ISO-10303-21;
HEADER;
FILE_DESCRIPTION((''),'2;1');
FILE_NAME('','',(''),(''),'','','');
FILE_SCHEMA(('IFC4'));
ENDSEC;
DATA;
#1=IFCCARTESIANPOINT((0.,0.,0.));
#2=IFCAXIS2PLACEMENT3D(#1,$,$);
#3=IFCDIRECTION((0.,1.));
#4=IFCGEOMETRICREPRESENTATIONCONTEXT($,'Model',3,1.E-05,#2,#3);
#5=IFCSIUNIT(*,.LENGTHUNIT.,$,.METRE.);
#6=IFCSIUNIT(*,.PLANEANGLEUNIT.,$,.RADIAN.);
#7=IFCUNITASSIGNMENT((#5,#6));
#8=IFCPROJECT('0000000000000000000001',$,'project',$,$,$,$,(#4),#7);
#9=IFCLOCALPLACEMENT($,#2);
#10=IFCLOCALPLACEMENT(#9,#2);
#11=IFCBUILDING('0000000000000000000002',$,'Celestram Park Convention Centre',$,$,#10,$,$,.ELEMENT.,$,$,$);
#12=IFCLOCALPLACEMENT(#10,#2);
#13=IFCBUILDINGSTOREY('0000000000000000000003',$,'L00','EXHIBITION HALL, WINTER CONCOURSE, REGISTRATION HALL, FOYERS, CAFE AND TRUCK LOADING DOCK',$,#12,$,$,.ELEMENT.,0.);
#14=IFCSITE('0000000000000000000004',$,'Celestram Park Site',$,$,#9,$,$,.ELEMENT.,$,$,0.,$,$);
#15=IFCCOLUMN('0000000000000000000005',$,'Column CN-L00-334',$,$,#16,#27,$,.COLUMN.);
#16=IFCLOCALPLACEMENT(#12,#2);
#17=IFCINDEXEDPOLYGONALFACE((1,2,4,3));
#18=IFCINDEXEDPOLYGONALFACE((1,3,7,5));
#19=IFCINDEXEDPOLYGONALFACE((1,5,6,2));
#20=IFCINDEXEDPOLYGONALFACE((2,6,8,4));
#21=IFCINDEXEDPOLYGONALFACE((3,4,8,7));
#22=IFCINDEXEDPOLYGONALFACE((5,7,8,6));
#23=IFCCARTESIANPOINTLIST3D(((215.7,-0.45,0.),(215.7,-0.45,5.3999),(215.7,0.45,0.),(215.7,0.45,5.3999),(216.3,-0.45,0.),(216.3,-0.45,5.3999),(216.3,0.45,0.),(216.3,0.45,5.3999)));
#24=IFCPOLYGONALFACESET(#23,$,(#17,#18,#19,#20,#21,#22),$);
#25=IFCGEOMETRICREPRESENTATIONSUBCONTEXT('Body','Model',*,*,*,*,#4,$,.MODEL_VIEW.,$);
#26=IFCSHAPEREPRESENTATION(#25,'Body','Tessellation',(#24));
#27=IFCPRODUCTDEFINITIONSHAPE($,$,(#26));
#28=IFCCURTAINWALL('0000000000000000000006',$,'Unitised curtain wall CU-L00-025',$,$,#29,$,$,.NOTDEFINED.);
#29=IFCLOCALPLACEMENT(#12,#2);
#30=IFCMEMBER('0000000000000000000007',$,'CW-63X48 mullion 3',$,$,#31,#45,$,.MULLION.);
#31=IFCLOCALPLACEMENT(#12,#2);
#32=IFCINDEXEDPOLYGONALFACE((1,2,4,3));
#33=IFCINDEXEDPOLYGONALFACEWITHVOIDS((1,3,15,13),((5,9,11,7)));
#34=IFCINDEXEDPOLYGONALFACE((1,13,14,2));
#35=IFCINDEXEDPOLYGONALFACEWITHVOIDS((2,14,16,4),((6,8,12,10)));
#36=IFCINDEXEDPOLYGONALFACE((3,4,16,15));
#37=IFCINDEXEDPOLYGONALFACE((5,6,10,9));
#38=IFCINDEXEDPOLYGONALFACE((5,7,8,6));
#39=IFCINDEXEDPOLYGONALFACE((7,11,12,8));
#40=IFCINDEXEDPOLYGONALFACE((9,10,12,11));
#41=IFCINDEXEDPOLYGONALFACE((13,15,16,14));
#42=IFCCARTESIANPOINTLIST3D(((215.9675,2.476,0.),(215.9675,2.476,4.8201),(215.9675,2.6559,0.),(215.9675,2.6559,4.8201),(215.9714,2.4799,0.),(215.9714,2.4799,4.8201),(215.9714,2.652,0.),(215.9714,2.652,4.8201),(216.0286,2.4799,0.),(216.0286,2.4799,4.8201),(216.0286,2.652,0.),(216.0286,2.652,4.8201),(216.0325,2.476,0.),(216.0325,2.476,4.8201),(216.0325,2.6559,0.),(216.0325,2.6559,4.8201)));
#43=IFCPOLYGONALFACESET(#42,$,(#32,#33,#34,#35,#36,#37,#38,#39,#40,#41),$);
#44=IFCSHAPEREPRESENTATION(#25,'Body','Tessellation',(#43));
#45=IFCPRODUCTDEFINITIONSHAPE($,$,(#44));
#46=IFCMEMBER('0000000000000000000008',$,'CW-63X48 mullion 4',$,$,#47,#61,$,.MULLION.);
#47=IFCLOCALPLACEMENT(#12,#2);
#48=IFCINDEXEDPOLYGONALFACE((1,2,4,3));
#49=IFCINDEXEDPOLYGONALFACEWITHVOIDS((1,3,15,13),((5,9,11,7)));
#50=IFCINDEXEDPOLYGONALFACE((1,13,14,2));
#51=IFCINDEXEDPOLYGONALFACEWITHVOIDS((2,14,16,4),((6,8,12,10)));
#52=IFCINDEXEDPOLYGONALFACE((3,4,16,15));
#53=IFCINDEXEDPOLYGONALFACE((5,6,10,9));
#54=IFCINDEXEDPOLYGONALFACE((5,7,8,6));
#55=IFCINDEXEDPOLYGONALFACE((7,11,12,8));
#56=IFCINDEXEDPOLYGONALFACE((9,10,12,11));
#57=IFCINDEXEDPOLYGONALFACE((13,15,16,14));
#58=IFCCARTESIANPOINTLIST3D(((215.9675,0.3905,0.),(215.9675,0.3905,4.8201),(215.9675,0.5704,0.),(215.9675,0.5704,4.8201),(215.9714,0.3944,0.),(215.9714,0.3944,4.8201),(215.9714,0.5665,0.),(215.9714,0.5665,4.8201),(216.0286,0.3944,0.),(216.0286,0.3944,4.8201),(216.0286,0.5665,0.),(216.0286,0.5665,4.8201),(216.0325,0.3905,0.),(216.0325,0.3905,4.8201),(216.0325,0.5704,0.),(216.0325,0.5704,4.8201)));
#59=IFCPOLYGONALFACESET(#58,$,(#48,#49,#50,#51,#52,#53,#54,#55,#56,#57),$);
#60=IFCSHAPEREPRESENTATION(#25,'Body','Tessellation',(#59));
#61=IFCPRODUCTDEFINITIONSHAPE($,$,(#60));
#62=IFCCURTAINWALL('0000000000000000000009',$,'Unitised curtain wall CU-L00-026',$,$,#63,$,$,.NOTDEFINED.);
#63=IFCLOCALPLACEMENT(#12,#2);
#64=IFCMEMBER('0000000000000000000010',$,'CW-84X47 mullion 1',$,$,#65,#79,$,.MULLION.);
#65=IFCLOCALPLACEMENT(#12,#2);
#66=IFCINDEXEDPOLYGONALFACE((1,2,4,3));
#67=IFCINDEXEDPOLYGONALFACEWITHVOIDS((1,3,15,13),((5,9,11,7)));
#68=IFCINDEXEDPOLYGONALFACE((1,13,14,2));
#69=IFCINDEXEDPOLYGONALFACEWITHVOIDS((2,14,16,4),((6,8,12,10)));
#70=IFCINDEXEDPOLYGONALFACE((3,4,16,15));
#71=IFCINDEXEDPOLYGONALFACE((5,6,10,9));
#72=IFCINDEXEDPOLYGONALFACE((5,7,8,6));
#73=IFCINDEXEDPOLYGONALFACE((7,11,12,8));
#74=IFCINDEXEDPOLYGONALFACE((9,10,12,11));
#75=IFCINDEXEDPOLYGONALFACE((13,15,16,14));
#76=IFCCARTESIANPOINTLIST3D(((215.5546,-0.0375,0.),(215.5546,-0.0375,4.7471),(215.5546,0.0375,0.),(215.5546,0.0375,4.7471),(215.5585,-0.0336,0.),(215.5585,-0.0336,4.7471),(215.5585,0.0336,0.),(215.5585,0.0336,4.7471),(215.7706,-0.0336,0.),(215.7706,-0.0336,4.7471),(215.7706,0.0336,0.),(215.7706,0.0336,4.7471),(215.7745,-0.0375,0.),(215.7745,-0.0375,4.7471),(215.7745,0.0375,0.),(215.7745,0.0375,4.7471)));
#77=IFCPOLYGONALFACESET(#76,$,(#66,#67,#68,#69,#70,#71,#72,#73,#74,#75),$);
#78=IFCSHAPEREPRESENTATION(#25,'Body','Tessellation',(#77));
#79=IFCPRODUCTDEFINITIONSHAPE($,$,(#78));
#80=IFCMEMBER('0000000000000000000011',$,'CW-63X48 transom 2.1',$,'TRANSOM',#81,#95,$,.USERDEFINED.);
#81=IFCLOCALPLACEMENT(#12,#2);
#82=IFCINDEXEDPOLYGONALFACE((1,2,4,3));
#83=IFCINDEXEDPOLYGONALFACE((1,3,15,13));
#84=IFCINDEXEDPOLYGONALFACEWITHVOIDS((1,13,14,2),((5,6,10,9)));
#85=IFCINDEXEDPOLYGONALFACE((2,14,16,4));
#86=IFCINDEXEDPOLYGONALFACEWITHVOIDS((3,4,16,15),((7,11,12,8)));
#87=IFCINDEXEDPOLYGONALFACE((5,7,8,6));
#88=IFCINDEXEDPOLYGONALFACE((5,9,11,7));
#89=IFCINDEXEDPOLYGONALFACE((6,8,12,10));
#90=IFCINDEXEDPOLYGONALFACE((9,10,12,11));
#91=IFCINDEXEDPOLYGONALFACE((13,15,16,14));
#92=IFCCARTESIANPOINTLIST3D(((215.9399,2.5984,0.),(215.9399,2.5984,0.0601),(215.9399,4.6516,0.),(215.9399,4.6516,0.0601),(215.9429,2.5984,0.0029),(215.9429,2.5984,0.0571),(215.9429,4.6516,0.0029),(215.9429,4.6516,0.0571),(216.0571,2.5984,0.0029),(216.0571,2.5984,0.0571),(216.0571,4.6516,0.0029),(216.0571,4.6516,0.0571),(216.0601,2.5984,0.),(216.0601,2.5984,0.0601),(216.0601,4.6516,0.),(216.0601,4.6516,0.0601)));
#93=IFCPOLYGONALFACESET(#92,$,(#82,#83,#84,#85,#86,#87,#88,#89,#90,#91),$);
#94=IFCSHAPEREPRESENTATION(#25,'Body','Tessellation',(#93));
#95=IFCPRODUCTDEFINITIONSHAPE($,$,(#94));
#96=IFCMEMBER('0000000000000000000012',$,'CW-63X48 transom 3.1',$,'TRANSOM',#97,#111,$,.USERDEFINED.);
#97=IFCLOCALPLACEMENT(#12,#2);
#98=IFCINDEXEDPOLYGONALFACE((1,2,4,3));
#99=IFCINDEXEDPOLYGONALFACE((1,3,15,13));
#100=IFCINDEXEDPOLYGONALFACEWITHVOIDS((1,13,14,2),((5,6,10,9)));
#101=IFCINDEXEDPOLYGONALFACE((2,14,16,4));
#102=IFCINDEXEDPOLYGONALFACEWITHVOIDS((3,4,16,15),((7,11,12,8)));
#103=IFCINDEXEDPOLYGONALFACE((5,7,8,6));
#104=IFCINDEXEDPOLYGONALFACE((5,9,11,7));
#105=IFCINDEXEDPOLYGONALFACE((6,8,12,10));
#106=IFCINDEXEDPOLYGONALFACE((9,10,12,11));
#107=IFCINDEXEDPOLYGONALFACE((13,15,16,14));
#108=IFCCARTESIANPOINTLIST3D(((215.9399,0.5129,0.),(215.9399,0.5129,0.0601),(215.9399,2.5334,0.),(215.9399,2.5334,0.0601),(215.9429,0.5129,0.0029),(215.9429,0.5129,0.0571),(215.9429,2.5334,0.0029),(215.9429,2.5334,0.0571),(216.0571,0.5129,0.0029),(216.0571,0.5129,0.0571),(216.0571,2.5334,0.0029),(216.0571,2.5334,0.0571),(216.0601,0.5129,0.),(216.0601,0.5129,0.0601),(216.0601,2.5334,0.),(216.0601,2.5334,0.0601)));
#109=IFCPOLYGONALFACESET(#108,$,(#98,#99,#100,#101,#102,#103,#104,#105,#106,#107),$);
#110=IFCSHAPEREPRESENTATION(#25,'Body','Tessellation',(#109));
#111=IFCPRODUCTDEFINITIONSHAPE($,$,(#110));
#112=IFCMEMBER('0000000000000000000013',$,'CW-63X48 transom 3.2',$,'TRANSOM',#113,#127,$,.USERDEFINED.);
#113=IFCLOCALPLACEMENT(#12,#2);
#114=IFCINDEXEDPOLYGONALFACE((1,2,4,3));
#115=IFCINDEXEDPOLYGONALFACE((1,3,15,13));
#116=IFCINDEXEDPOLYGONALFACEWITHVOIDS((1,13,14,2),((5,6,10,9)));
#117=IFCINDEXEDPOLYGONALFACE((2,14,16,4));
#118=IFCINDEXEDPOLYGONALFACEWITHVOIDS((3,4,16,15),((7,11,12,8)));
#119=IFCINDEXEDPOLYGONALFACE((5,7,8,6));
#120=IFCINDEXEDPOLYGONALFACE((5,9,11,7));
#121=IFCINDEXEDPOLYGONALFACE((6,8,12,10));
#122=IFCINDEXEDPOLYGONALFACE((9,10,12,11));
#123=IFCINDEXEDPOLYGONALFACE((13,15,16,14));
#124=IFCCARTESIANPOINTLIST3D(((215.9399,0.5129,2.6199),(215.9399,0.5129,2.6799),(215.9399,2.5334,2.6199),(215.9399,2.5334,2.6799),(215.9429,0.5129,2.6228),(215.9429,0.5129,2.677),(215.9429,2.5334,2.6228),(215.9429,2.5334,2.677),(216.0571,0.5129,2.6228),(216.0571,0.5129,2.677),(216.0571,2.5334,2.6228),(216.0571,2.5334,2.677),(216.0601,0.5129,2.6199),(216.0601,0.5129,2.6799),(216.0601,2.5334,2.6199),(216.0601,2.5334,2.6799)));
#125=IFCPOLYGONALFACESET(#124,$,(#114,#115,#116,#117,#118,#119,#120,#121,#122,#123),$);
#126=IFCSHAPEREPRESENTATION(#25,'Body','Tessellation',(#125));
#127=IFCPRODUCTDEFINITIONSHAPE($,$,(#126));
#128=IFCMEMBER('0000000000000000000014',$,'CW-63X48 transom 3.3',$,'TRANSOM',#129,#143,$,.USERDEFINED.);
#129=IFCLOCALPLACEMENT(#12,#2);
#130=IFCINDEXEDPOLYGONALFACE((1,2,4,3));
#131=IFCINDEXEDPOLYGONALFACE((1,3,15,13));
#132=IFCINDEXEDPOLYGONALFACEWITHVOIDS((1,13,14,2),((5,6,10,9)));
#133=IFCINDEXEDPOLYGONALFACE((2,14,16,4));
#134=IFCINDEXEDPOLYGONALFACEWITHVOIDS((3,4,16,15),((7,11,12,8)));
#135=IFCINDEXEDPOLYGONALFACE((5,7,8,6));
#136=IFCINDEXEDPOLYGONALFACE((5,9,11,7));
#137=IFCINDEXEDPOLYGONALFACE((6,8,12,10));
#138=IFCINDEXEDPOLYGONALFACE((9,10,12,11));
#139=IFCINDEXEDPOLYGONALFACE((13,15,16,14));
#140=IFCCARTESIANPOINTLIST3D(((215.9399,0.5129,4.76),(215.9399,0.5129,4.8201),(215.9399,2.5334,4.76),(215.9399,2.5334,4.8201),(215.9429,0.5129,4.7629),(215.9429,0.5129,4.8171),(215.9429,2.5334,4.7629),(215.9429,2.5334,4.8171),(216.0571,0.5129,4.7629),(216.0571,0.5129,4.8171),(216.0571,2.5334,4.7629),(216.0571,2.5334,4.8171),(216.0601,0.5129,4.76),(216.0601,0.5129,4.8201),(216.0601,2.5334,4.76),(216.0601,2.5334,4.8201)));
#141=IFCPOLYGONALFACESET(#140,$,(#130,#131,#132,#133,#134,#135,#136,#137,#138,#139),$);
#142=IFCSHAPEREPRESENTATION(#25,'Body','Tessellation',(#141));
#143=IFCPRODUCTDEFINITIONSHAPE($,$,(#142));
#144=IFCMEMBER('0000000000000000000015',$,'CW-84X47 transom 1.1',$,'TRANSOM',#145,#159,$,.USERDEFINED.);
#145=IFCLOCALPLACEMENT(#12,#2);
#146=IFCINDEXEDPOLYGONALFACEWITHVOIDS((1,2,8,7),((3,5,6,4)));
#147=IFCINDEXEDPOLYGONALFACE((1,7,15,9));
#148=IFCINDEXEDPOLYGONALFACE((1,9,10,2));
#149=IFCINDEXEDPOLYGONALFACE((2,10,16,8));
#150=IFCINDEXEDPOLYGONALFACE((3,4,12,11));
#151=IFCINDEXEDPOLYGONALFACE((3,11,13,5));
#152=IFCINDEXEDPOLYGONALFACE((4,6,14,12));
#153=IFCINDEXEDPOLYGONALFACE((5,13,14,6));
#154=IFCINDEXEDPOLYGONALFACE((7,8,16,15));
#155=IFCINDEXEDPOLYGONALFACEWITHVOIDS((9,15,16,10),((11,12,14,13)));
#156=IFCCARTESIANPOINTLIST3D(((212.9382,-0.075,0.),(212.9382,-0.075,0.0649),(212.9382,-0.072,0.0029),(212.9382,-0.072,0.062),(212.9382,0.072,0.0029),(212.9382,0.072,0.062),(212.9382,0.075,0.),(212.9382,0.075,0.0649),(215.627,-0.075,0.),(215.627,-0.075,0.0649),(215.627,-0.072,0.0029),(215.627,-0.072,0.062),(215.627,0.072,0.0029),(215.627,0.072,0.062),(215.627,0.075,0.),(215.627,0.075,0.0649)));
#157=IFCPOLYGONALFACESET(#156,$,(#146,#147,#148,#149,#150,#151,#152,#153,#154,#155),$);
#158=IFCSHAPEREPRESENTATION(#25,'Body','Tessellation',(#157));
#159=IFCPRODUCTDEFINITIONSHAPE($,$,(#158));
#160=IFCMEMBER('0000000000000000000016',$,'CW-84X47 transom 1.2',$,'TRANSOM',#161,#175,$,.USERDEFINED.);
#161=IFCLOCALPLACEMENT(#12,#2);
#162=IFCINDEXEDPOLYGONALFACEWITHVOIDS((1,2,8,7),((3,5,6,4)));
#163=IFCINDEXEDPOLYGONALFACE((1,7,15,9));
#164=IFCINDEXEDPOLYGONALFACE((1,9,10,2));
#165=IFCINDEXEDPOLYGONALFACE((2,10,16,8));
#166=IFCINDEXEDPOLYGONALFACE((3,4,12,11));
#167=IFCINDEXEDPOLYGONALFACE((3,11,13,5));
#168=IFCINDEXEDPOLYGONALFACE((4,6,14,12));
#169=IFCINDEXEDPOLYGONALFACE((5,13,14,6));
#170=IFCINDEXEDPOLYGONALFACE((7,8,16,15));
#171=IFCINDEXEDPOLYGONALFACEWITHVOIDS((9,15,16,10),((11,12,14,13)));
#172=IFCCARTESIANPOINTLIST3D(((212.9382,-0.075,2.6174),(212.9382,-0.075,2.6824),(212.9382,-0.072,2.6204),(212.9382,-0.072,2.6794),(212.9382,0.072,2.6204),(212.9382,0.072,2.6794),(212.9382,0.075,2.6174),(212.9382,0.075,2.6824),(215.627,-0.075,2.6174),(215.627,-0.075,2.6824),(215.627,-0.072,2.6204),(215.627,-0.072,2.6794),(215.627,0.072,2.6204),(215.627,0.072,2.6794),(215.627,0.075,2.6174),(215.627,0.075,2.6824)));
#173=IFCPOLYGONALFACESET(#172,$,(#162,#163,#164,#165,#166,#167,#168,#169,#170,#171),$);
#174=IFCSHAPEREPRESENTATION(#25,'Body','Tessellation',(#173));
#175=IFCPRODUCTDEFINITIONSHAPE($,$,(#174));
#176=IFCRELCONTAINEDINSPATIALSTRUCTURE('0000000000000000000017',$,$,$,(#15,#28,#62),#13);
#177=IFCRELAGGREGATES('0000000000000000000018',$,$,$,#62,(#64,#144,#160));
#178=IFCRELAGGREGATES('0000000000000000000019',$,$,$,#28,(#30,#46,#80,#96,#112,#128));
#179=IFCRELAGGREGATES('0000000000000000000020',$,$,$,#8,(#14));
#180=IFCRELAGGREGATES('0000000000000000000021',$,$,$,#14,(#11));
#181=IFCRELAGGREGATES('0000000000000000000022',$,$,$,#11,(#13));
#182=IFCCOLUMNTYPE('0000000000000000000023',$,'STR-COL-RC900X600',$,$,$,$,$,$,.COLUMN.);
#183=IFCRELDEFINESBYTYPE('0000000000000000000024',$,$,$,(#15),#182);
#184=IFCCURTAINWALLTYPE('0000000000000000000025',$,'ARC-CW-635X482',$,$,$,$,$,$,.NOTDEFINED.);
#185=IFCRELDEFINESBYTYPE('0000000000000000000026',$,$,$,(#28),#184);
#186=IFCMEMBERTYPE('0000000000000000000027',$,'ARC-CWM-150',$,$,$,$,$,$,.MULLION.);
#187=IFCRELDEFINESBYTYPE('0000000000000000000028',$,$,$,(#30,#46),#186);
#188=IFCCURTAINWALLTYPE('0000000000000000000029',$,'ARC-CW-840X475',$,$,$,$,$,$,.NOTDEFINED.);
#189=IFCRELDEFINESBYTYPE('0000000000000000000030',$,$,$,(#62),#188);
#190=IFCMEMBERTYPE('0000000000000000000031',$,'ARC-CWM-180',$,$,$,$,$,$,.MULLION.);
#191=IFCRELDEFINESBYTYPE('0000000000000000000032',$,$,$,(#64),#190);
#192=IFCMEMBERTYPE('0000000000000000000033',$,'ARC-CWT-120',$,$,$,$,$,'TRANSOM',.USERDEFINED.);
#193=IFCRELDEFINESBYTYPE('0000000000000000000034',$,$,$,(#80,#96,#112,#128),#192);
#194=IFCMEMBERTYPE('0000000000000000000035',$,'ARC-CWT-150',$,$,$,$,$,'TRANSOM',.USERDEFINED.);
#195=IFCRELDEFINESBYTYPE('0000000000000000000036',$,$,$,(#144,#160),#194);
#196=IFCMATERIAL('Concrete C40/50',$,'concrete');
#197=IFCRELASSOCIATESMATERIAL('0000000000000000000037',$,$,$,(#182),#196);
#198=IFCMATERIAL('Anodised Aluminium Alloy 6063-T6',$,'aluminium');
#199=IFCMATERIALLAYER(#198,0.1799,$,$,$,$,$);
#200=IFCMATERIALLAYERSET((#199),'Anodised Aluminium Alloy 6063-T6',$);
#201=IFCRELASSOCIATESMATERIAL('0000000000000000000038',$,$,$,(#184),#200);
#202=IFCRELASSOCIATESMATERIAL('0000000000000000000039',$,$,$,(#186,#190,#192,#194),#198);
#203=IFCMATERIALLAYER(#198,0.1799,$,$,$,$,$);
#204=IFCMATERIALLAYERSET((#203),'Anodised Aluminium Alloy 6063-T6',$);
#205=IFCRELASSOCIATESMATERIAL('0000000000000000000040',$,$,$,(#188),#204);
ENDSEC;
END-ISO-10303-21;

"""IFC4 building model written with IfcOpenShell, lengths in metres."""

from ifc_helpers import new_model, si_unit, direction, frame, origin, origin_2d, place, context, subcontext, project, spatial, rectangle, hollow_rectangle, extrude, material, layer, layer_set, material_profile, profile_set, type_object, element, aggregate, save


model = new_model("IFC4")

# Units and contexts
model_context = context("Model", 3, precision=1e-05, world=origin(), true_north=direction((0.0, 1.0)))
body_context = subcontext(model_context, "Body", "Model", "MODEL_VIEW")
ifc_project = project(units=[si_unit("LENGTHUNIT", "METRE"), si_unit("PLANEANGLEUNIT", "RADIAN")], contexts=[model_context])

# Site, building, storey
site_placement = place(None, origin())
site = spatial("IfcSite", under=ifc_project, at=site_placement, Name="Celestram Park Site", CompositionType="ELEMENT", RefElevation=0.0)
building_placement = place(site_placement, origin())
building = spatial("IfcBuilding", under=site, at=building_placement, Name="Celestram Park Convention Centre", CompositionType="ELEMENT")
storey_placement = place(building_placement, origin())
storey = spatial("IfcBuildingStorey", under=building, at=storey_placement, Name="L00", Description="EXHIBITION HALL, WINTER CONCOURSE, REGISTRATION HALL, FOYERS, CAFE AND TRUCK LOADING DOCK", CompositionType="ELEMENT", Elevation=0.0)

# Column
ifc_material_1 = material(Name="Concrete C40/50", Category="concrete")
ifc_material_profile_1 = material_profile(ifc_material_1, rectangle(XDim=0.6001, YDim=0.8999, at=origin_2d()), Name="RC900X600")
ifc_profile_set_1 = profile_set([ifc_material_profile_1], Name="Concrete C40/50")
column_type = type_object("IfcColumnType", Name="STR-COL-RC900X600", PredefinedType="COLUMN", material=ifc_profile_set_1)
column_placement = place(storey_placement, frame((216.0, 0.0, 0.0), z_axis=(0.0, 0.0, 1.0), x_axis=(1.0, 0.0, 0.0)))
element("IfcColumn", 1, at=column_placement, inside=storey, type_object=column_type, Name="Column CN-L00-334", PredefinedType="COLUMN", context=body_context, shape_type="SweptSolid", body=[
    extrude(rectangle(XDim=0.6001, YDim=0.8999, at=origin_2d()), origin(), (0.0, 0.0, 1.0), 5.3999),
])

# Curtain wall, members
ifc_material_2 = material(Name="Anodised Aluminium Alloy 6063-T6", Category="aluminium")
ifc_layer_1 = layer(ifc_material_2, 0.1799)
ifc_layer_set_1 = layer_set([ifc_layer_1], Name="Anodised Aluminium Alloy 6063-T6")
curtain_wall_type_1 = type_object("IfcCurtainWallType", Name="ARC-CW-635X482", PredefinedType="NOTDEFINED", material=ifc_layer_set_1)
curtain_wall_1_placement = place(storey_placement, origin())
curtain_wall_1 = element("IfcCurtainWall", 2, at=curtain_wall_1_placement, inside=storey, type_object=curtain_wall_type_1, Name="Unitised curtain wall CU-L00-025", PredefinedType="NOTDEFINED")
ifc_material_profile_2 = material_profile(ifc_material_2, hollow_rectangle(XDim=0.0649, YDim=0.1799, WallThickness=0.0039, at=origin_2d()), Name="ALU65X180X4")
ifc_profile_set_2 = profile_set([ifc_material_profile_2], Name="Anodised Aluminium Alloy 6063-T6")
member_type_1 = type_object("IfcMemberType", Name="ARC-CWM-150", PredefinedType="MULLION", material=ifc_profile_set_2)
member_1_placement = place(storey_placement, frame((216.0, 2.5659, 0.0), z_axis=(0.0, 0.0, 1.0), x_axis=(1.0, 0.0, 0.0)))
member_1 = element("IfcMember", 3, at=member_1_placement, type_object=member_type_1, Name="CW-63X48 mullion 3", PredefinedType="MULLION", context=body_context, shape_type="SweptSolid", body=[
    extrude(hollow_rectangle(XDim=0.0649, YDim=0.1799, WallThickness=0.0039, at=origin_2d()), origin(), (0.0, 0.0, 1.0), 4.8201),
])
member_2_placement = place(storey_placement, frame((216.0, 0.4805, 0.0), z_axis=(0.0, 0.0, 1.0), x_axis=(1.0, 0.0, 0.0)))
member_2 = element("IfcMember", 4, at=member_2_placement, type_object=member_type_1, Name="CW-63X48 mullion 4", PredefinedType="MULLION", context=body_context, shape_type="SweptSolid", body=[
    extrude(hollow_rectangle(XDim=0.0649, YDim=0.1799, WallThickness=0.0039, at=origin_2d()), origin(), (0.0, 0.0, 1.0), 4.8201),
])

# Curtain wall, member
ifc_layer_2 = layer(ifc_material_2, 0.1799)
ifc_layer_set_2 = layer_set([ifc_layer_2], Name="Anodised Aluminium Alloy 6063-T6")
curtain_wall_type_2 = type_object("IfcCurtainWallType", Name="ARC-CW-840X475", PredefinedType="NOTDEFINED", material=ifc_layer_set_2)
curtain_wall_2_placement = place(storey_placement, origin())
curtain_wall_2 = element("IfcCurtainWall", 5, at=curtain_wall_2_placement, inside=storey, type_object=curtain_wall_type_2, Name="Unitised curtain wall CU-L00-026", PredefinedType="NOTDEFINED")
ifc_material_profile_3 = material_profile(ifc_material_2, hollow_rectangle(XDim=0.075, YDim=0.22, WallThickness=0.0039, at=origin_2d()), Name="ALU75X220X4")
ifc_profile_set_3 = profile_set([ifc_material_profile_3], Name="Anodised Aluminium Alloy 6063-T6")
member_type_2 = type_object("IfcMemberType", Name="ARC-CWM-180", PredefinedType="MULLION", material=ifc_profile_set_3)
member_3_placement = place(storey_placement, frame((215.6646, 0.0, 0.0), z_axis=(0.0, 0.0, 1.0), x_axis=(0.0, -1.0, 0.0)))
member_3 = element("IfcMember", 6, at=member_3_placement, type_object=member_type_2, Name="CW-84X47 mullion 1", PredefinedType="MULLION", context=body_context, shape_type="SweptSolid", body=[
    extrude(hollow_rectangle(XDim=0.075, YDim=0.22, WallThickness=0.0039, at=origin_2d()), origin(), (0.0, 0.0, 1.0), 4.7471),
])

# Members
ifc_material_profile_4 = material_profile(ifc_material_2, hollow_rectangle(XDim=0.1201, YDim=0.0601, WallThickness=0.0029, at=origin_2d()), Name="ALU120X60X3")
ifc_profile_set_4 = profile_set([ifc_material_profile_4], Name="Anodised Aluminium Alloy 6063-T6")
member_type_3 = type_object("IfcMemberType", Name="ARC-CWT-120", ElementType="TRANSOM", PredefinedType="USERDEFINED", material=ifc_profile_set_4)
member_4_placement = place(storey_placement, frame((216.0, 4.6516, 0.03), z_axis=(0.0, -1.0, 0.0), x_axis=(1.0, 0.0, 0.0)))
member_4 = element("IfcMember", 7, at=member_4_placement, type_object=member_type_3, Name="CW-63X48 transom 2.1", ObjectType="TRANSOM", PredefinedType="USERDEFINED", context=body_context, shape_type="SweptSolid", body=[
    extrude(hollow_rectangle(XDim=0.1201, YDim=0.0601, WallThickness=0.0029, at=origin_2d()), origin(), (0.0, 0.0, 1.0), 2.0532),
])
member_5_placement = place(storey_placement, frame((216.0, 2.5334, 0.03), z_axis=(0.0, -1.0, 0.0), x_axis=(1.0, 0.0, 0.0)))
member_5 = element("IfcMember", 8, at=member_5_placement, type_object=member_type_3, Name="CW-63X48 transom 3.1", ObjectType="TRANSOM", PredefinedType="USERDEFINED", context=body_context, shape_type="SweptSolid", body=[
    extrude(hollow_rectangle(XDim=0.1201, YDim=0.0601, WallThickness=0.0029, at=origin_2d()), origin(), (0.0, 0.0, 1.0), 2.0205),
])
member_6_placement = place(storey_placement, frame((216.0, 2.5334, 2.6499), z_axis=(0.0, -1.0, 0.0), x_axis=(1.0, 0.0, 0.0)))
member_6 = element("IfcMember", 9, at=member_6_placement, type_object=member_type_3, Name="CW-63X48 transom 3.2", ObjectType="TRANSOM", PredefinedType="USERDEFINED", context=body_context, shape_type="SweptSolid", body=[
    extrude(hollow_rectangle(XDim=0.1201, YDim=0.0601, WallThickness=0.0029, at=origin_2d()), origin(), (0.0, 0.0, 1.0), 2.0205),
])
member_7_placement = place(storey_placement, frame((216.0, 2.5334, 4.79), z_axis=(0.0, -1.0, 0.0), x_axis=(1.0, 0.0, 0.0)))
member_7 = element("IfcMember", 10, at=member_7_placement, type_object=member_type_3, Name="CW-63X48 transom 3.3", ObjectType="TRANSOM", PredefinedType="USERDEFINED", context=body_context, shape_type="SweptSolid", body=[
    extrude(hollow_rectangle(XDim=0.1201, YDim=0.0601, WallThickness=0.0029, at=origin_2d()), origin(), (0.0, 0.0, 1.0), 2.0205),
])
ifc_material_profile_5 = material_profile(ifc_material_2, hollow_rectangle(XDim=0.1499, YDim=0.0649, WallThickness=0.0029, at=origin_2d()), Name="ALU150X65X3")
ifc_profile_set_5 = profile_set([ifc_material_profile_5], Name="Anodised Aluminium Alloy 6063-T6")
member_type_4 = type_object("IfcMemberType", Name="ARC-CWT-150", ElementType="TRANSOM", PredefinedType="USERDEFINED", material=ifc_profile_set_5)
member_8_placement = place(storey_placement, frame((215.627, 0.0, 0.0325), z_axis=(-1.0, 0.0, 0.0), x_axis=(0.0, -1.0, 0.0)))
member_8 = element("IfcMember", 11, at=member_8_placement, type_object=member_type_4, Name="CW-84X47 transom 1.1", ObjectType="TRANSOM", PredefinedType="USERDEFINED", context=body_context, shape_type="SweptSolid", body=[
    extrude(hollow_rectangle(XDim=0.1499, YDim=0.0649, WallThickness=0.0029, at=origin_2d()), origin(), (0.0, 0.0, 1.0), 2.6887),
])
member_9_placement = place(storey_placement, frame((215.627, 0.0, 2.6499), z_axis=(-1.0, 0.0, 0.0), x_axis=(0.0, -1.0, 0.0)))
member_9 = element("IfcMember", 12, at=member_9_placement, type_object=member_type_4, Name="CW-84X47 transom 1.2", ObjectType="TRANSOM", PredefinedType="USERDEFINED", context=body_context, shape_type="SweptSolid", body=[
    extrude(hollow_rectangle(XDim=0.1499, YDim=0.0649, WallThickness=0.0029, at=origin_2d()), origin(), (0.0, 0.0, 1.0), 2.6887),
])
aggregate(curtain_wall_2, [member_3, member_8, member_9])

aggregate(curtain_wall_1, [member_1, member_2, member_4, member_5, member_6, member_7])

save(model, "model.ifc")
